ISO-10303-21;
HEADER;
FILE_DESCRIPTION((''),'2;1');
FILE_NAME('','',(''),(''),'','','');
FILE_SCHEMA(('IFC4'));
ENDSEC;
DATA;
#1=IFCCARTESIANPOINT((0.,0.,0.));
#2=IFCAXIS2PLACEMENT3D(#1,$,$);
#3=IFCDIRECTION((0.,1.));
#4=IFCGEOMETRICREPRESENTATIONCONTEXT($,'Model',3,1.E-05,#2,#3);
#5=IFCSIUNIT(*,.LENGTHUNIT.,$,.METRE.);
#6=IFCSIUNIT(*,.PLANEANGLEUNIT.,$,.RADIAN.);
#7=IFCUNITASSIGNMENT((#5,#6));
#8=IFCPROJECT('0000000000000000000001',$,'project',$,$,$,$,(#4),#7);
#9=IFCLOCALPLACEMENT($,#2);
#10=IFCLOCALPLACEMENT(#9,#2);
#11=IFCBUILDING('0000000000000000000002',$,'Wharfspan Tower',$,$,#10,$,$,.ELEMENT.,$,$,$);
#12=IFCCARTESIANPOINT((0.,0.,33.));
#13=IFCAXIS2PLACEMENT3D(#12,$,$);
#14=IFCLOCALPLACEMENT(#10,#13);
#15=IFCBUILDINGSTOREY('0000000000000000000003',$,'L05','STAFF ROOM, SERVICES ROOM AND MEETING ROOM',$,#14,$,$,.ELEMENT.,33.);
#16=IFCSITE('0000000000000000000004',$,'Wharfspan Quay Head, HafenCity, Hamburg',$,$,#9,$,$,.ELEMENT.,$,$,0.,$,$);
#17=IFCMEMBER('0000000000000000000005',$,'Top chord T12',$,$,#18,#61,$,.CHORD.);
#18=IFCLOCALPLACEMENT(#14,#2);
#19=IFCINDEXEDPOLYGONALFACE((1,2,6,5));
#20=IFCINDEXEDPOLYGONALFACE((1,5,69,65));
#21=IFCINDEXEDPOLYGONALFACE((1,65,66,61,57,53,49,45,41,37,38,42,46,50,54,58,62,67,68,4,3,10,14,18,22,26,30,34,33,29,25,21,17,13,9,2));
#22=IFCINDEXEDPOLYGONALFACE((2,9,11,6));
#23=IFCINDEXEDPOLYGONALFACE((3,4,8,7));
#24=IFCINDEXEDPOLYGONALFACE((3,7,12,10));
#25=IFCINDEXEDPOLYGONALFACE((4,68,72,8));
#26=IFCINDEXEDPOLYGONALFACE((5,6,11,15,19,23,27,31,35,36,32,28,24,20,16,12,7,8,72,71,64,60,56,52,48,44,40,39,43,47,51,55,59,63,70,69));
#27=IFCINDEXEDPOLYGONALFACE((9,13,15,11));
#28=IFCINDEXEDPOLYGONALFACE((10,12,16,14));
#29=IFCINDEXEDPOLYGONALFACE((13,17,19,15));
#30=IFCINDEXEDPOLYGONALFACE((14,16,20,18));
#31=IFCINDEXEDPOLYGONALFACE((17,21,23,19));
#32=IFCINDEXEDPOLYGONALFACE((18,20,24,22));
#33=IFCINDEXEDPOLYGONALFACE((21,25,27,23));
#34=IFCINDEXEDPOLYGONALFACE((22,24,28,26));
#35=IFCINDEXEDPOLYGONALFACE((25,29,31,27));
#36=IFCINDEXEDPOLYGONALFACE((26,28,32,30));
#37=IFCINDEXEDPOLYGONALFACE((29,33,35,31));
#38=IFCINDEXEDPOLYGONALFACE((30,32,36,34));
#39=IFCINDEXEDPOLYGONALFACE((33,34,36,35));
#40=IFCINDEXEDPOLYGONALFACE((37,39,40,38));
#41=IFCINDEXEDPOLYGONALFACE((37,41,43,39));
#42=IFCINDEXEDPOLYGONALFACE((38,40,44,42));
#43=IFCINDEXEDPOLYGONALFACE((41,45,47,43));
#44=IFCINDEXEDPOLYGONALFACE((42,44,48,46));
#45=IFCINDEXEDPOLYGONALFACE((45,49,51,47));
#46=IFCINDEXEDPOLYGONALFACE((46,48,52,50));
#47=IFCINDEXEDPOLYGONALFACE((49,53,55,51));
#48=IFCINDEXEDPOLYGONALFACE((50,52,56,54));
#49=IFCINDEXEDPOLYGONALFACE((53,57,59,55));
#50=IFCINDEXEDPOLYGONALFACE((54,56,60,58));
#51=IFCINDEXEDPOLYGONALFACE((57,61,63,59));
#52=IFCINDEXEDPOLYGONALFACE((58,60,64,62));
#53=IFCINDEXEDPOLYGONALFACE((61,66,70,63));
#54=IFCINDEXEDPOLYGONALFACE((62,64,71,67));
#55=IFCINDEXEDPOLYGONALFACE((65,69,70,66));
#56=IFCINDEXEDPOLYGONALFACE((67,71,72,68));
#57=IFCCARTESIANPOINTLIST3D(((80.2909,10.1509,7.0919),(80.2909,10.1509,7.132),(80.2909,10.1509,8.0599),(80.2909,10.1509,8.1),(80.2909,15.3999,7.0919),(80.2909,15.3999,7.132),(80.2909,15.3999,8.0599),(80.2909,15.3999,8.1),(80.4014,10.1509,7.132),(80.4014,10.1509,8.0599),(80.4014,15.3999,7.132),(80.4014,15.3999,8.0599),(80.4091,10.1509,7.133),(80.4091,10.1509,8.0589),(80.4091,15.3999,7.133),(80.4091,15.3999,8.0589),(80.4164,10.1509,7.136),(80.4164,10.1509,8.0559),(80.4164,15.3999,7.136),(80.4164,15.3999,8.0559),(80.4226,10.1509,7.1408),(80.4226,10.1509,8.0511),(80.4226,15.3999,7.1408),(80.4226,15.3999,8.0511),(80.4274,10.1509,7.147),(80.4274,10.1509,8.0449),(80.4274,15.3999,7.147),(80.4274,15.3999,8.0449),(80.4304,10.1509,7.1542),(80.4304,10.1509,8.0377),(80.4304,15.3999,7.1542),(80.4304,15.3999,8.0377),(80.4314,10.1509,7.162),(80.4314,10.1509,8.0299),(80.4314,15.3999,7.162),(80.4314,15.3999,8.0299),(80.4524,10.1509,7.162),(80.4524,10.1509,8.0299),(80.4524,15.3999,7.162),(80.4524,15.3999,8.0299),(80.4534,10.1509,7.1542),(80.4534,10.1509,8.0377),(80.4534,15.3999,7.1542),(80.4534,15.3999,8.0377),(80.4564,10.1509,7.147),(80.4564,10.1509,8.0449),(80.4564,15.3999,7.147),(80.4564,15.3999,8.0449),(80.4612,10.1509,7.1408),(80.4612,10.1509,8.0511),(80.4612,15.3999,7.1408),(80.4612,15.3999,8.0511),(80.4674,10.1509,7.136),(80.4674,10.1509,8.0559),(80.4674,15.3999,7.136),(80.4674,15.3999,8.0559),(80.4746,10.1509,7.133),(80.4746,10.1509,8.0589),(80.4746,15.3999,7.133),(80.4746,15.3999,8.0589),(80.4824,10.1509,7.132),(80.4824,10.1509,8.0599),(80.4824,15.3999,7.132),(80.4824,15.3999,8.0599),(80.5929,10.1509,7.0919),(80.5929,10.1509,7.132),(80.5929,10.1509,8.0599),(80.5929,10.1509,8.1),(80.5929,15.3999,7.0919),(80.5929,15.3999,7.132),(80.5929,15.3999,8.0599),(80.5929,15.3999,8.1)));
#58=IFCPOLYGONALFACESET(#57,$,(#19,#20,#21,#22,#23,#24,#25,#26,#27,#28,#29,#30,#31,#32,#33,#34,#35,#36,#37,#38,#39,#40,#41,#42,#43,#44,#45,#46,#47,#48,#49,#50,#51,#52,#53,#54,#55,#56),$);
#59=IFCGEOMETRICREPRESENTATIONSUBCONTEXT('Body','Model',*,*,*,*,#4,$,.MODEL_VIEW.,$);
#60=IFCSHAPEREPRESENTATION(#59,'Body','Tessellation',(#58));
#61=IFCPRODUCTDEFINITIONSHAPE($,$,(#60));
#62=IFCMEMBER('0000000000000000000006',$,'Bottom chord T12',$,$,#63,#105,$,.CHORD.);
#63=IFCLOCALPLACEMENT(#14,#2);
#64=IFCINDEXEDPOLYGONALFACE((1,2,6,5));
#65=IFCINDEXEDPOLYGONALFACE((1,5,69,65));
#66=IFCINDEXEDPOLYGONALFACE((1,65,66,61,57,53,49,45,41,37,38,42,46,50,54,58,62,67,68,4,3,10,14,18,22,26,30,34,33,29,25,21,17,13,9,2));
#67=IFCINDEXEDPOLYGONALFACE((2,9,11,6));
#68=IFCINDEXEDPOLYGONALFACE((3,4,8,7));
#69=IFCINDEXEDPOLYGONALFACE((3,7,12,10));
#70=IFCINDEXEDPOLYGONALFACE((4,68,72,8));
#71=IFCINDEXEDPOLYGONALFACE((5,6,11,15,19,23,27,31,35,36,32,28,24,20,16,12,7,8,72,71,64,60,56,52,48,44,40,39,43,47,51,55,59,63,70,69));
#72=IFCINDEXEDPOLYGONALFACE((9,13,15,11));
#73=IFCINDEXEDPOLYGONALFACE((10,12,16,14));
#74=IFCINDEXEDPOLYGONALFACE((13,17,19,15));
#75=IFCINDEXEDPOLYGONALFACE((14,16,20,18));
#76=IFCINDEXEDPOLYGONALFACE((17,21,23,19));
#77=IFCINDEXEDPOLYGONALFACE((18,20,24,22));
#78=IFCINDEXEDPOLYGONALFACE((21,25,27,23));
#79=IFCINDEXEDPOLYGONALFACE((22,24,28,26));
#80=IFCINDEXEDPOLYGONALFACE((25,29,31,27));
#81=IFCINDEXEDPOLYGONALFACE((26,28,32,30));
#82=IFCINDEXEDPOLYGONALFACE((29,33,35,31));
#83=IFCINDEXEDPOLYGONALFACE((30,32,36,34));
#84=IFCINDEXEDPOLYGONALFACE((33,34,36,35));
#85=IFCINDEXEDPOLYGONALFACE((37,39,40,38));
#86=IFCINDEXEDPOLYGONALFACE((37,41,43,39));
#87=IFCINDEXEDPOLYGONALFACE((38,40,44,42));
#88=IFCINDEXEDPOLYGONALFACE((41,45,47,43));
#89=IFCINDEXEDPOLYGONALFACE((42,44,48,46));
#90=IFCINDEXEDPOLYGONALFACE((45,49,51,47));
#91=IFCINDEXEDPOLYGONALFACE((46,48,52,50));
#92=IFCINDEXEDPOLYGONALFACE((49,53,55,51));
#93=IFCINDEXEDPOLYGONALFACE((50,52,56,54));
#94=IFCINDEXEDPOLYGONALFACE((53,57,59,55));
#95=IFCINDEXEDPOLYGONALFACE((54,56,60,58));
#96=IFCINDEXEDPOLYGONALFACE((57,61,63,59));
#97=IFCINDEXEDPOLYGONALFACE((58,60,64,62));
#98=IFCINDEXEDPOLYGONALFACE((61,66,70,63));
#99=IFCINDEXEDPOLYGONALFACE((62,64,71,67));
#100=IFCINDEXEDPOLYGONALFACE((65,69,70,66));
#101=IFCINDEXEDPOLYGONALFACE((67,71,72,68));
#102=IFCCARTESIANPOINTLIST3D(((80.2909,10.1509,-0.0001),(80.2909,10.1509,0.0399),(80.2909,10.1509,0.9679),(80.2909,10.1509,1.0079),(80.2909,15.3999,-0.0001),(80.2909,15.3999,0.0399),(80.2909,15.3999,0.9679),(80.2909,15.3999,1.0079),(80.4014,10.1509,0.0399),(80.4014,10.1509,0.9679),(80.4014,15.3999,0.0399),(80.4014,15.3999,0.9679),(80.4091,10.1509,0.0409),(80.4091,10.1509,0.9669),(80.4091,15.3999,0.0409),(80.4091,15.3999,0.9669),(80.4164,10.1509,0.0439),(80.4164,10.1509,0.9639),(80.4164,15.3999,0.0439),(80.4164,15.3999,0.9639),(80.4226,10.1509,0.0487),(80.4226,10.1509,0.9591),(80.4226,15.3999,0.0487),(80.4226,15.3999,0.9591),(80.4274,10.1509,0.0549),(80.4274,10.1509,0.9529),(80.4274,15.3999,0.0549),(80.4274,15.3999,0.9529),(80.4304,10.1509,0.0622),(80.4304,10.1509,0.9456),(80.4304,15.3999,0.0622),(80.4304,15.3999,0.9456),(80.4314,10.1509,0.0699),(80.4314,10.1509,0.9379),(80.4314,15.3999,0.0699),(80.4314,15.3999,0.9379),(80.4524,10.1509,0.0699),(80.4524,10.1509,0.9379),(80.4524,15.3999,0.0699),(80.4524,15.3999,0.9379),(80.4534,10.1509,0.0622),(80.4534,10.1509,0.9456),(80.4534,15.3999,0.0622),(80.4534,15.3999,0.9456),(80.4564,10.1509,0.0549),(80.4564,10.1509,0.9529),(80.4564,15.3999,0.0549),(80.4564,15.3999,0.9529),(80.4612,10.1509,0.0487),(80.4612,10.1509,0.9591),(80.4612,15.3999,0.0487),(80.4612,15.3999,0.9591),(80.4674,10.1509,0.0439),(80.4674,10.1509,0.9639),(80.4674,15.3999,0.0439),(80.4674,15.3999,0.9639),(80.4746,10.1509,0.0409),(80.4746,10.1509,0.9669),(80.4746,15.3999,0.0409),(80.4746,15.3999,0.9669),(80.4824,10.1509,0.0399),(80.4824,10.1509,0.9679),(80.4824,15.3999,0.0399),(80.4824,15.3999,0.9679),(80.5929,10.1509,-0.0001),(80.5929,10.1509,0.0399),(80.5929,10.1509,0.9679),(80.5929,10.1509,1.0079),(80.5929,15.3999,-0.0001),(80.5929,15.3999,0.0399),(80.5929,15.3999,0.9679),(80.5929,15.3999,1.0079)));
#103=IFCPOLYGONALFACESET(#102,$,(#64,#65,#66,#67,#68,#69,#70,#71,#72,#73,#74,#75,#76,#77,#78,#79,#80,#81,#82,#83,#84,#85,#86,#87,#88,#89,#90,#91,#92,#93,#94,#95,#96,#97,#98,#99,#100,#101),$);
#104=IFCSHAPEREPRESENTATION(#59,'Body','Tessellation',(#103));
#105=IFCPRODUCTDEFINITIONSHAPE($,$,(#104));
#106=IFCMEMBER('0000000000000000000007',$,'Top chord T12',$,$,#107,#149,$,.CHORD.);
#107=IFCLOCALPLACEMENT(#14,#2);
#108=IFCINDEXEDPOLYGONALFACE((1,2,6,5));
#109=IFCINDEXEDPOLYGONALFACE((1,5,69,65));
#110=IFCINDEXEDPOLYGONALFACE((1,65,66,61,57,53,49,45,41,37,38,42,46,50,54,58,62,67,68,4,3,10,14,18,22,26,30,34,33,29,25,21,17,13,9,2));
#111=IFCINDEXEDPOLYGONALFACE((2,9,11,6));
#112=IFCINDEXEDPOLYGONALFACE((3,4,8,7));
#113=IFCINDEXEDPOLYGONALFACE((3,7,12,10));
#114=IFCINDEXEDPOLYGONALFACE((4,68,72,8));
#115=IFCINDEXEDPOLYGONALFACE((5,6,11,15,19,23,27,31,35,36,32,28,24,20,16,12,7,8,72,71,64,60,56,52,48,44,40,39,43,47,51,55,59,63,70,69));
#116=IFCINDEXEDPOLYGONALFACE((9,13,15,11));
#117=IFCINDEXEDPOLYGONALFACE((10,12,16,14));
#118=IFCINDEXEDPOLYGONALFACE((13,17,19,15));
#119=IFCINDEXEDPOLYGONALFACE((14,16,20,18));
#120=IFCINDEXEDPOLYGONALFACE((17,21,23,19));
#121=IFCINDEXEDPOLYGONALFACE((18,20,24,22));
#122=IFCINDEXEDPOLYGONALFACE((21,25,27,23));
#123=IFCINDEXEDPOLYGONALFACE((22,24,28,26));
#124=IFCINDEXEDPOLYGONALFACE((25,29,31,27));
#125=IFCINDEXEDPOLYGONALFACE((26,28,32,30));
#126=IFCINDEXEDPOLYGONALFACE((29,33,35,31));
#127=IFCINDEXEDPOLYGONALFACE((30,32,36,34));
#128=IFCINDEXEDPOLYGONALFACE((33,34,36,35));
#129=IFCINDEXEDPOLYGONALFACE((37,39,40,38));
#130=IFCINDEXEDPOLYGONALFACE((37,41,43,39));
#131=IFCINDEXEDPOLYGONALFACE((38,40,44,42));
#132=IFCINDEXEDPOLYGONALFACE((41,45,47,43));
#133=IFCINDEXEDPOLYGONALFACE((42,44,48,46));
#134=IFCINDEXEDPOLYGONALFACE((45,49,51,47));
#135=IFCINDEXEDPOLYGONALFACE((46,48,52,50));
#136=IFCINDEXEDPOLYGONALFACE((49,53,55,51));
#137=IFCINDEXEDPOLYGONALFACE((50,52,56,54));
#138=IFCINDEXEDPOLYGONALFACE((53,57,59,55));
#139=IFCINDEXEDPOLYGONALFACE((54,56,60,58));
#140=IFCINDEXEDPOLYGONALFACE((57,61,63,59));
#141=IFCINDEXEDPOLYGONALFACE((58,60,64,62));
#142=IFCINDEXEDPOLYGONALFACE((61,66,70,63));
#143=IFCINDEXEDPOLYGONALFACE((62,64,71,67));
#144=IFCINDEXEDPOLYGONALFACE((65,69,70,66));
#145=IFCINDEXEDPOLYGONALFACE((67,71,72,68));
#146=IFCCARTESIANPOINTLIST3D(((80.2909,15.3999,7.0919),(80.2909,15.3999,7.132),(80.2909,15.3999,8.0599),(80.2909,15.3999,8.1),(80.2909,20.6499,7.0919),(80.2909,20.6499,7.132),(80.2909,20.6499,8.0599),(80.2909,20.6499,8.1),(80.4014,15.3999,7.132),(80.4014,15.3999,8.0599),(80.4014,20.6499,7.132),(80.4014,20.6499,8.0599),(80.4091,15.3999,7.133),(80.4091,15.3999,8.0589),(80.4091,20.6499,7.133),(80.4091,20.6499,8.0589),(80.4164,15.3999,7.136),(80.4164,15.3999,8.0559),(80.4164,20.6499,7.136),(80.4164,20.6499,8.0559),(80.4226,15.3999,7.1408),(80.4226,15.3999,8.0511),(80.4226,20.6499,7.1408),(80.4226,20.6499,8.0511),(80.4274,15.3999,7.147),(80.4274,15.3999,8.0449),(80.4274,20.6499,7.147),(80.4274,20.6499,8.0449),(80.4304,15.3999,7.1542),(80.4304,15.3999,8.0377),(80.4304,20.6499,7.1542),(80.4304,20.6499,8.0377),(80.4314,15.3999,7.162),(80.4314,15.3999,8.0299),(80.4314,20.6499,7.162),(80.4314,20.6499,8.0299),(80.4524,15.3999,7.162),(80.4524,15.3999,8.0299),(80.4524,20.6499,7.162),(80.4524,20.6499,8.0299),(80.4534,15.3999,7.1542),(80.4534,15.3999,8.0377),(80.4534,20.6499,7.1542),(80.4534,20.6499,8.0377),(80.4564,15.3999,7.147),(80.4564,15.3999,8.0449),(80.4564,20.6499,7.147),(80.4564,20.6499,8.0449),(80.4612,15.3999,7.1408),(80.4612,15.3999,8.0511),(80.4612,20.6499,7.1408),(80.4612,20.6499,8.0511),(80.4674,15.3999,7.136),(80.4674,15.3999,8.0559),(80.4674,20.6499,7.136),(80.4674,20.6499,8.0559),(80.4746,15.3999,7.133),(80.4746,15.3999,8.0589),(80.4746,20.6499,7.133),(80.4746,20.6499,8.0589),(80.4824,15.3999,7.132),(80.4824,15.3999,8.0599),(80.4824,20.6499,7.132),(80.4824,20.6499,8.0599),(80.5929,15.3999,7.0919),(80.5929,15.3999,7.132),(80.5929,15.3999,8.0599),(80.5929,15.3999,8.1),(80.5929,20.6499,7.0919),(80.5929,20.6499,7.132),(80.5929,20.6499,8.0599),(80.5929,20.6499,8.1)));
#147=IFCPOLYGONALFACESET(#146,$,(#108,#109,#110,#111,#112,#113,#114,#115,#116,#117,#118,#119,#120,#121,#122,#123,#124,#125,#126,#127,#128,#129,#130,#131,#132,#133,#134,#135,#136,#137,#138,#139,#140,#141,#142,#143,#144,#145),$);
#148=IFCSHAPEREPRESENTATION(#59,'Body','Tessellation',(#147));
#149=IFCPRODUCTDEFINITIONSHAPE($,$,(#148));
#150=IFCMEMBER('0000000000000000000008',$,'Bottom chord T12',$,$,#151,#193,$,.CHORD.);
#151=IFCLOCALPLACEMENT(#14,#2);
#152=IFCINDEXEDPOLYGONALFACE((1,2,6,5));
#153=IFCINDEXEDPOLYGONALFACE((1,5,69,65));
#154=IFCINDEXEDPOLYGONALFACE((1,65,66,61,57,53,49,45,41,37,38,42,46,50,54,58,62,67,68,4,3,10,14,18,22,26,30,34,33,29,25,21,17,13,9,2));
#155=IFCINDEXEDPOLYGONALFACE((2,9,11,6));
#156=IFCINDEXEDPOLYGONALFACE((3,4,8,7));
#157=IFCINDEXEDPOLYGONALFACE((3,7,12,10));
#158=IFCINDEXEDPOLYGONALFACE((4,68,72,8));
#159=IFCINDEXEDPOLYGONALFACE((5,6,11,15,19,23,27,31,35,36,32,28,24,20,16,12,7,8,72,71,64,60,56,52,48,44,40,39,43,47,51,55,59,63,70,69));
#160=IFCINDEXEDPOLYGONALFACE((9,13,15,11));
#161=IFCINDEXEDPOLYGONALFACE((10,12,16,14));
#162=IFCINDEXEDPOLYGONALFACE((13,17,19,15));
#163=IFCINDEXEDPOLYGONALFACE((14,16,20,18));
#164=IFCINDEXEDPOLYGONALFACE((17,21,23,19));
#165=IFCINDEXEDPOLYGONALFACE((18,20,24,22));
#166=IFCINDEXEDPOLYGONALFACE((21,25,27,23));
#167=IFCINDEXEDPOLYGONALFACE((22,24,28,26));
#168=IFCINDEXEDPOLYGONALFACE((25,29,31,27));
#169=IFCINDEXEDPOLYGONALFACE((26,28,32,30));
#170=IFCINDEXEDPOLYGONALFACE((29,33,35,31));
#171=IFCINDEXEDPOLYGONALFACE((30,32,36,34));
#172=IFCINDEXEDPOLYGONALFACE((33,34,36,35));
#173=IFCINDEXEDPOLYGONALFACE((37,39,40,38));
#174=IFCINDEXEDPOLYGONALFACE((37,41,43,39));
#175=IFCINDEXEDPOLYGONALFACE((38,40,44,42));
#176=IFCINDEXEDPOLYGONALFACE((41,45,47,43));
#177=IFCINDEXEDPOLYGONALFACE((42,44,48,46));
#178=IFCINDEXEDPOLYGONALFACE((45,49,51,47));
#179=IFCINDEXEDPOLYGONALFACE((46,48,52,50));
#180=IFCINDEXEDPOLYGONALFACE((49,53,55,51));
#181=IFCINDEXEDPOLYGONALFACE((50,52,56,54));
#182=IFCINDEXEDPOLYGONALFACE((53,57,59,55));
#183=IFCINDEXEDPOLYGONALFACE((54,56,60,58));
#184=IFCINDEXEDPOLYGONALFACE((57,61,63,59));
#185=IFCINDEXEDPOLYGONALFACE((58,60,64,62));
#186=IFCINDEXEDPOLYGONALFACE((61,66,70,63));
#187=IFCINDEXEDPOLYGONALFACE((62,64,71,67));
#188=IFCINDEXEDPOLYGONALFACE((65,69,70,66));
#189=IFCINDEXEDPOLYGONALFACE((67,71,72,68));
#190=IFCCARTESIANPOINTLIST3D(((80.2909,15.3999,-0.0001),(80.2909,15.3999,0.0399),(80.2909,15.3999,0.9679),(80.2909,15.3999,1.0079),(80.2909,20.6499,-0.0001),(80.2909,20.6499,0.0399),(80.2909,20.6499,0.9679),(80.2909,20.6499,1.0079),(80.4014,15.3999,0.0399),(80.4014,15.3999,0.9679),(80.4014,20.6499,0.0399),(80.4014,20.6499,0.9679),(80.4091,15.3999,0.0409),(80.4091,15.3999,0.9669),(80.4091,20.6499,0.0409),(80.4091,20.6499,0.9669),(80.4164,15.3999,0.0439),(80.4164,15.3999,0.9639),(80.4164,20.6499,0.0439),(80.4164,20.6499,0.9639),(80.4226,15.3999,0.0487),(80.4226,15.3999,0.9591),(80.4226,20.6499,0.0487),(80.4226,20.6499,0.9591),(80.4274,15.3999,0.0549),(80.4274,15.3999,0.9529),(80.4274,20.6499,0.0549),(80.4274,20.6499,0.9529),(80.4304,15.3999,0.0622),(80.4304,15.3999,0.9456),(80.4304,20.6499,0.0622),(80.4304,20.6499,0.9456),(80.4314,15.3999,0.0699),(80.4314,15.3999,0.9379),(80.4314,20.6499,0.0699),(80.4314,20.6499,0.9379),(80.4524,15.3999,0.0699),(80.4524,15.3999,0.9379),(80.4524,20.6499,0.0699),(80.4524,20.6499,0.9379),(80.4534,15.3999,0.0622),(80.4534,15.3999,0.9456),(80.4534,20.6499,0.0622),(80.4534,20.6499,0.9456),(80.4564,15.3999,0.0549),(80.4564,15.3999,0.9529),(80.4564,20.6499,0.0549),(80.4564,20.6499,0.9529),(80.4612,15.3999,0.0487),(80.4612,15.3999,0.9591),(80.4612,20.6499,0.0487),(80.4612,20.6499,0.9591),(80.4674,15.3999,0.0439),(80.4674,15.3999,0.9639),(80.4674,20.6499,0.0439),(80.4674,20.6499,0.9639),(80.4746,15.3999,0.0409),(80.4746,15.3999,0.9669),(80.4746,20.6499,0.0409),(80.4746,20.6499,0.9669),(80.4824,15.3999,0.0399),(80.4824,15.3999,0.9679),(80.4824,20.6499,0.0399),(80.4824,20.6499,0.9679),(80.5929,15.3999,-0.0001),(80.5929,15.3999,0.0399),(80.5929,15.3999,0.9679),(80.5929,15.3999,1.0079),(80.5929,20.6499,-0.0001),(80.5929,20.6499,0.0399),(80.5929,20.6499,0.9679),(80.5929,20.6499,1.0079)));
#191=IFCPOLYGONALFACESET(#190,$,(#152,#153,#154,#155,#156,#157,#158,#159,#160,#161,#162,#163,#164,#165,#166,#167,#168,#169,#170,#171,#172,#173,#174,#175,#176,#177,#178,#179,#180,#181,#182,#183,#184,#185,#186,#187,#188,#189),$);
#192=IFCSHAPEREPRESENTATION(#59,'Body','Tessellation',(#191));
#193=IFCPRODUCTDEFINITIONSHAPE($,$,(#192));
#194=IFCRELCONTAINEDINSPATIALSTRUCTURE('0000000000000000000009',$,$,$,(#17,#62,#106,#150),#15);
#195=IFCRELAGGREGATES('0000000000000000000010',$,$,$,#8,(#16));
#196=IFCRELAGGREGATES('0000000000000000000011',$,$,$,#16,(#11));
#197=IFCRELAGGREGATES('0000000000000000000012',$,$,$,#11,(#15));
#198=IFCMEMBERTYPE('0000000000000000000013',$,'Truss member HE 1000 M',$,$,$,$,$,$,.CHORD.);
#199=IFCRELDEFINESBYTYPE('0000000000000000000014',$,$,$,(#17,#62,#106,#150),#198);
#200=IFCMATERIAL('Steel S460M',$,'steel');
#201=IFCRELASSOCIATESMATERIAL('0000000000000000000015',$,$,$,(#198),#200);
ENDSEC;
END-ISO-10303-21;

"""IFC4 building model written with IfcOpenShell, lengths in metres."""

from ifc_helpers import new_model, si_unit, direction, frame, origin, origin_2d, place, context, subcontext, project, spatial, i_section, extrude, material, material_profile, profile_set, type_object, element, save


model = new_model("IFC4")

# Units and contexts
model_context = context("Model", 3, precision=1e-05, world=origin(), true_north=direction((0.0, 1.0)))
body_context = subcontext(model_context, "Body", "Model", "MODEL_VIEW")
ifc_project = project(units=[si_unit("LENGTHUNIT", "METRE"), si_unit("PLANEANGLEUNIT", "RADIAN")], contexts=[model_context])

# Site, building, storey
site_placement = place(None, origin())
site = spatial("IfcSite", under=ifc_project, at=site_placement, Name="Wharfspan Quay Head, HafenCity, Hamburg", CompositionType="ELEMENT", RefElevation=0.0)
building_placement = place(site_placement, origin())
building = spatial("IfcBuilding", under=site, at=building_placement, Name="Wharfspan Tower", CompositionType="ELEMENT")
storey_placement = place(building_placement, frame((0.0, 0.0, 33.0)))
storey = spatial("IfcBuildingStorey", under=building, at=storey_placement, Name="L05", Description="STAFF ROOM, SERVICES ROOM AND MEETING ROOM", CompositionType="ELEMENT", Elevation=33.0)

# Members
ifc_material_1 = material(Name="Steel S460M", Category="steel")
ifc_material_profile_1 = material_profile(ifc_material_1, i_section(OverallWidth=0.302, OverallDepth=1.0081, WebThickness=0.021, FlangeThickness=0.04, FilletRadius=0.03, at=origin_2d()))
ifc_profile_set_1 = profile_set([ifc_material_profile_1], Name="Steel S460M")
member_type_1 = type_object("IfcMemberType", Name="Truss member HE 1000 M", PredefinedType="CHORD", material=ifc_profile_set_1)
for number, where, z_axis, x_axis, name in (
    (1, (80.4419, 10.1509, 7.5959), (0.0, 1.0, 0.0), (-1.0, 0.0, 0.0), "Top chord T12"),
    (2, (80.4419, 10.1509, 0.5039), (0.0, 1.0, 0.0), (-1.0, 0.0, 0.0), "Bottom chord T12"),
):
    element("IfcMember", number, at=place(storey_placement, frame(where, z_axis=z_axis, x_axis=x_axis)), inside=storey, type_object=member_type_1, Name=name, PredefinedType="CHORD", context=body_context, shape_type="SweptSolid", body=[
        extrude(i_section(OverallWidth=0.302, OverallDepth=1.0081, WebThickness=0.021, FlangeThickness=0.04, FilletRadius=0.03, at=origin_2d()), origin(), (0.0, 0.0, 1.0), 5.249),
    ])
for number, where, z_axis, x_axis, name in (
    (3, (80.4419, 15.3999, 7.5959), (0.0, 1.0, 0.0), (-1.0, 0.0, 0.0), "Top chord T12"),
    (4, (80.4419, 15.3999, 0.5039), (0.0, 1.0, 0.0), (-1.0, 0.0, 0.0), "Bottom chord T12"),
):
    element("IfcMember", number, at=place(storey_placement, frame(where, z_axis=z_axis, x_axis=x_axis)), inside=storey, type_object=member_type_1, Name=name, PredefinedType="CHORD", context=body_context, shape_type="SweptSolid", body=[
        extrude(i_section(OverallWidth=0.302, OverallDepth=1.0081, WebThickness=0.021, FlangeThickness=0.04, FilletRadius=0.03, at=origin_2d()), origin(), (0.0, 0.0, 1.0), 5.25),
    ])

save(model, "model.ifc")
